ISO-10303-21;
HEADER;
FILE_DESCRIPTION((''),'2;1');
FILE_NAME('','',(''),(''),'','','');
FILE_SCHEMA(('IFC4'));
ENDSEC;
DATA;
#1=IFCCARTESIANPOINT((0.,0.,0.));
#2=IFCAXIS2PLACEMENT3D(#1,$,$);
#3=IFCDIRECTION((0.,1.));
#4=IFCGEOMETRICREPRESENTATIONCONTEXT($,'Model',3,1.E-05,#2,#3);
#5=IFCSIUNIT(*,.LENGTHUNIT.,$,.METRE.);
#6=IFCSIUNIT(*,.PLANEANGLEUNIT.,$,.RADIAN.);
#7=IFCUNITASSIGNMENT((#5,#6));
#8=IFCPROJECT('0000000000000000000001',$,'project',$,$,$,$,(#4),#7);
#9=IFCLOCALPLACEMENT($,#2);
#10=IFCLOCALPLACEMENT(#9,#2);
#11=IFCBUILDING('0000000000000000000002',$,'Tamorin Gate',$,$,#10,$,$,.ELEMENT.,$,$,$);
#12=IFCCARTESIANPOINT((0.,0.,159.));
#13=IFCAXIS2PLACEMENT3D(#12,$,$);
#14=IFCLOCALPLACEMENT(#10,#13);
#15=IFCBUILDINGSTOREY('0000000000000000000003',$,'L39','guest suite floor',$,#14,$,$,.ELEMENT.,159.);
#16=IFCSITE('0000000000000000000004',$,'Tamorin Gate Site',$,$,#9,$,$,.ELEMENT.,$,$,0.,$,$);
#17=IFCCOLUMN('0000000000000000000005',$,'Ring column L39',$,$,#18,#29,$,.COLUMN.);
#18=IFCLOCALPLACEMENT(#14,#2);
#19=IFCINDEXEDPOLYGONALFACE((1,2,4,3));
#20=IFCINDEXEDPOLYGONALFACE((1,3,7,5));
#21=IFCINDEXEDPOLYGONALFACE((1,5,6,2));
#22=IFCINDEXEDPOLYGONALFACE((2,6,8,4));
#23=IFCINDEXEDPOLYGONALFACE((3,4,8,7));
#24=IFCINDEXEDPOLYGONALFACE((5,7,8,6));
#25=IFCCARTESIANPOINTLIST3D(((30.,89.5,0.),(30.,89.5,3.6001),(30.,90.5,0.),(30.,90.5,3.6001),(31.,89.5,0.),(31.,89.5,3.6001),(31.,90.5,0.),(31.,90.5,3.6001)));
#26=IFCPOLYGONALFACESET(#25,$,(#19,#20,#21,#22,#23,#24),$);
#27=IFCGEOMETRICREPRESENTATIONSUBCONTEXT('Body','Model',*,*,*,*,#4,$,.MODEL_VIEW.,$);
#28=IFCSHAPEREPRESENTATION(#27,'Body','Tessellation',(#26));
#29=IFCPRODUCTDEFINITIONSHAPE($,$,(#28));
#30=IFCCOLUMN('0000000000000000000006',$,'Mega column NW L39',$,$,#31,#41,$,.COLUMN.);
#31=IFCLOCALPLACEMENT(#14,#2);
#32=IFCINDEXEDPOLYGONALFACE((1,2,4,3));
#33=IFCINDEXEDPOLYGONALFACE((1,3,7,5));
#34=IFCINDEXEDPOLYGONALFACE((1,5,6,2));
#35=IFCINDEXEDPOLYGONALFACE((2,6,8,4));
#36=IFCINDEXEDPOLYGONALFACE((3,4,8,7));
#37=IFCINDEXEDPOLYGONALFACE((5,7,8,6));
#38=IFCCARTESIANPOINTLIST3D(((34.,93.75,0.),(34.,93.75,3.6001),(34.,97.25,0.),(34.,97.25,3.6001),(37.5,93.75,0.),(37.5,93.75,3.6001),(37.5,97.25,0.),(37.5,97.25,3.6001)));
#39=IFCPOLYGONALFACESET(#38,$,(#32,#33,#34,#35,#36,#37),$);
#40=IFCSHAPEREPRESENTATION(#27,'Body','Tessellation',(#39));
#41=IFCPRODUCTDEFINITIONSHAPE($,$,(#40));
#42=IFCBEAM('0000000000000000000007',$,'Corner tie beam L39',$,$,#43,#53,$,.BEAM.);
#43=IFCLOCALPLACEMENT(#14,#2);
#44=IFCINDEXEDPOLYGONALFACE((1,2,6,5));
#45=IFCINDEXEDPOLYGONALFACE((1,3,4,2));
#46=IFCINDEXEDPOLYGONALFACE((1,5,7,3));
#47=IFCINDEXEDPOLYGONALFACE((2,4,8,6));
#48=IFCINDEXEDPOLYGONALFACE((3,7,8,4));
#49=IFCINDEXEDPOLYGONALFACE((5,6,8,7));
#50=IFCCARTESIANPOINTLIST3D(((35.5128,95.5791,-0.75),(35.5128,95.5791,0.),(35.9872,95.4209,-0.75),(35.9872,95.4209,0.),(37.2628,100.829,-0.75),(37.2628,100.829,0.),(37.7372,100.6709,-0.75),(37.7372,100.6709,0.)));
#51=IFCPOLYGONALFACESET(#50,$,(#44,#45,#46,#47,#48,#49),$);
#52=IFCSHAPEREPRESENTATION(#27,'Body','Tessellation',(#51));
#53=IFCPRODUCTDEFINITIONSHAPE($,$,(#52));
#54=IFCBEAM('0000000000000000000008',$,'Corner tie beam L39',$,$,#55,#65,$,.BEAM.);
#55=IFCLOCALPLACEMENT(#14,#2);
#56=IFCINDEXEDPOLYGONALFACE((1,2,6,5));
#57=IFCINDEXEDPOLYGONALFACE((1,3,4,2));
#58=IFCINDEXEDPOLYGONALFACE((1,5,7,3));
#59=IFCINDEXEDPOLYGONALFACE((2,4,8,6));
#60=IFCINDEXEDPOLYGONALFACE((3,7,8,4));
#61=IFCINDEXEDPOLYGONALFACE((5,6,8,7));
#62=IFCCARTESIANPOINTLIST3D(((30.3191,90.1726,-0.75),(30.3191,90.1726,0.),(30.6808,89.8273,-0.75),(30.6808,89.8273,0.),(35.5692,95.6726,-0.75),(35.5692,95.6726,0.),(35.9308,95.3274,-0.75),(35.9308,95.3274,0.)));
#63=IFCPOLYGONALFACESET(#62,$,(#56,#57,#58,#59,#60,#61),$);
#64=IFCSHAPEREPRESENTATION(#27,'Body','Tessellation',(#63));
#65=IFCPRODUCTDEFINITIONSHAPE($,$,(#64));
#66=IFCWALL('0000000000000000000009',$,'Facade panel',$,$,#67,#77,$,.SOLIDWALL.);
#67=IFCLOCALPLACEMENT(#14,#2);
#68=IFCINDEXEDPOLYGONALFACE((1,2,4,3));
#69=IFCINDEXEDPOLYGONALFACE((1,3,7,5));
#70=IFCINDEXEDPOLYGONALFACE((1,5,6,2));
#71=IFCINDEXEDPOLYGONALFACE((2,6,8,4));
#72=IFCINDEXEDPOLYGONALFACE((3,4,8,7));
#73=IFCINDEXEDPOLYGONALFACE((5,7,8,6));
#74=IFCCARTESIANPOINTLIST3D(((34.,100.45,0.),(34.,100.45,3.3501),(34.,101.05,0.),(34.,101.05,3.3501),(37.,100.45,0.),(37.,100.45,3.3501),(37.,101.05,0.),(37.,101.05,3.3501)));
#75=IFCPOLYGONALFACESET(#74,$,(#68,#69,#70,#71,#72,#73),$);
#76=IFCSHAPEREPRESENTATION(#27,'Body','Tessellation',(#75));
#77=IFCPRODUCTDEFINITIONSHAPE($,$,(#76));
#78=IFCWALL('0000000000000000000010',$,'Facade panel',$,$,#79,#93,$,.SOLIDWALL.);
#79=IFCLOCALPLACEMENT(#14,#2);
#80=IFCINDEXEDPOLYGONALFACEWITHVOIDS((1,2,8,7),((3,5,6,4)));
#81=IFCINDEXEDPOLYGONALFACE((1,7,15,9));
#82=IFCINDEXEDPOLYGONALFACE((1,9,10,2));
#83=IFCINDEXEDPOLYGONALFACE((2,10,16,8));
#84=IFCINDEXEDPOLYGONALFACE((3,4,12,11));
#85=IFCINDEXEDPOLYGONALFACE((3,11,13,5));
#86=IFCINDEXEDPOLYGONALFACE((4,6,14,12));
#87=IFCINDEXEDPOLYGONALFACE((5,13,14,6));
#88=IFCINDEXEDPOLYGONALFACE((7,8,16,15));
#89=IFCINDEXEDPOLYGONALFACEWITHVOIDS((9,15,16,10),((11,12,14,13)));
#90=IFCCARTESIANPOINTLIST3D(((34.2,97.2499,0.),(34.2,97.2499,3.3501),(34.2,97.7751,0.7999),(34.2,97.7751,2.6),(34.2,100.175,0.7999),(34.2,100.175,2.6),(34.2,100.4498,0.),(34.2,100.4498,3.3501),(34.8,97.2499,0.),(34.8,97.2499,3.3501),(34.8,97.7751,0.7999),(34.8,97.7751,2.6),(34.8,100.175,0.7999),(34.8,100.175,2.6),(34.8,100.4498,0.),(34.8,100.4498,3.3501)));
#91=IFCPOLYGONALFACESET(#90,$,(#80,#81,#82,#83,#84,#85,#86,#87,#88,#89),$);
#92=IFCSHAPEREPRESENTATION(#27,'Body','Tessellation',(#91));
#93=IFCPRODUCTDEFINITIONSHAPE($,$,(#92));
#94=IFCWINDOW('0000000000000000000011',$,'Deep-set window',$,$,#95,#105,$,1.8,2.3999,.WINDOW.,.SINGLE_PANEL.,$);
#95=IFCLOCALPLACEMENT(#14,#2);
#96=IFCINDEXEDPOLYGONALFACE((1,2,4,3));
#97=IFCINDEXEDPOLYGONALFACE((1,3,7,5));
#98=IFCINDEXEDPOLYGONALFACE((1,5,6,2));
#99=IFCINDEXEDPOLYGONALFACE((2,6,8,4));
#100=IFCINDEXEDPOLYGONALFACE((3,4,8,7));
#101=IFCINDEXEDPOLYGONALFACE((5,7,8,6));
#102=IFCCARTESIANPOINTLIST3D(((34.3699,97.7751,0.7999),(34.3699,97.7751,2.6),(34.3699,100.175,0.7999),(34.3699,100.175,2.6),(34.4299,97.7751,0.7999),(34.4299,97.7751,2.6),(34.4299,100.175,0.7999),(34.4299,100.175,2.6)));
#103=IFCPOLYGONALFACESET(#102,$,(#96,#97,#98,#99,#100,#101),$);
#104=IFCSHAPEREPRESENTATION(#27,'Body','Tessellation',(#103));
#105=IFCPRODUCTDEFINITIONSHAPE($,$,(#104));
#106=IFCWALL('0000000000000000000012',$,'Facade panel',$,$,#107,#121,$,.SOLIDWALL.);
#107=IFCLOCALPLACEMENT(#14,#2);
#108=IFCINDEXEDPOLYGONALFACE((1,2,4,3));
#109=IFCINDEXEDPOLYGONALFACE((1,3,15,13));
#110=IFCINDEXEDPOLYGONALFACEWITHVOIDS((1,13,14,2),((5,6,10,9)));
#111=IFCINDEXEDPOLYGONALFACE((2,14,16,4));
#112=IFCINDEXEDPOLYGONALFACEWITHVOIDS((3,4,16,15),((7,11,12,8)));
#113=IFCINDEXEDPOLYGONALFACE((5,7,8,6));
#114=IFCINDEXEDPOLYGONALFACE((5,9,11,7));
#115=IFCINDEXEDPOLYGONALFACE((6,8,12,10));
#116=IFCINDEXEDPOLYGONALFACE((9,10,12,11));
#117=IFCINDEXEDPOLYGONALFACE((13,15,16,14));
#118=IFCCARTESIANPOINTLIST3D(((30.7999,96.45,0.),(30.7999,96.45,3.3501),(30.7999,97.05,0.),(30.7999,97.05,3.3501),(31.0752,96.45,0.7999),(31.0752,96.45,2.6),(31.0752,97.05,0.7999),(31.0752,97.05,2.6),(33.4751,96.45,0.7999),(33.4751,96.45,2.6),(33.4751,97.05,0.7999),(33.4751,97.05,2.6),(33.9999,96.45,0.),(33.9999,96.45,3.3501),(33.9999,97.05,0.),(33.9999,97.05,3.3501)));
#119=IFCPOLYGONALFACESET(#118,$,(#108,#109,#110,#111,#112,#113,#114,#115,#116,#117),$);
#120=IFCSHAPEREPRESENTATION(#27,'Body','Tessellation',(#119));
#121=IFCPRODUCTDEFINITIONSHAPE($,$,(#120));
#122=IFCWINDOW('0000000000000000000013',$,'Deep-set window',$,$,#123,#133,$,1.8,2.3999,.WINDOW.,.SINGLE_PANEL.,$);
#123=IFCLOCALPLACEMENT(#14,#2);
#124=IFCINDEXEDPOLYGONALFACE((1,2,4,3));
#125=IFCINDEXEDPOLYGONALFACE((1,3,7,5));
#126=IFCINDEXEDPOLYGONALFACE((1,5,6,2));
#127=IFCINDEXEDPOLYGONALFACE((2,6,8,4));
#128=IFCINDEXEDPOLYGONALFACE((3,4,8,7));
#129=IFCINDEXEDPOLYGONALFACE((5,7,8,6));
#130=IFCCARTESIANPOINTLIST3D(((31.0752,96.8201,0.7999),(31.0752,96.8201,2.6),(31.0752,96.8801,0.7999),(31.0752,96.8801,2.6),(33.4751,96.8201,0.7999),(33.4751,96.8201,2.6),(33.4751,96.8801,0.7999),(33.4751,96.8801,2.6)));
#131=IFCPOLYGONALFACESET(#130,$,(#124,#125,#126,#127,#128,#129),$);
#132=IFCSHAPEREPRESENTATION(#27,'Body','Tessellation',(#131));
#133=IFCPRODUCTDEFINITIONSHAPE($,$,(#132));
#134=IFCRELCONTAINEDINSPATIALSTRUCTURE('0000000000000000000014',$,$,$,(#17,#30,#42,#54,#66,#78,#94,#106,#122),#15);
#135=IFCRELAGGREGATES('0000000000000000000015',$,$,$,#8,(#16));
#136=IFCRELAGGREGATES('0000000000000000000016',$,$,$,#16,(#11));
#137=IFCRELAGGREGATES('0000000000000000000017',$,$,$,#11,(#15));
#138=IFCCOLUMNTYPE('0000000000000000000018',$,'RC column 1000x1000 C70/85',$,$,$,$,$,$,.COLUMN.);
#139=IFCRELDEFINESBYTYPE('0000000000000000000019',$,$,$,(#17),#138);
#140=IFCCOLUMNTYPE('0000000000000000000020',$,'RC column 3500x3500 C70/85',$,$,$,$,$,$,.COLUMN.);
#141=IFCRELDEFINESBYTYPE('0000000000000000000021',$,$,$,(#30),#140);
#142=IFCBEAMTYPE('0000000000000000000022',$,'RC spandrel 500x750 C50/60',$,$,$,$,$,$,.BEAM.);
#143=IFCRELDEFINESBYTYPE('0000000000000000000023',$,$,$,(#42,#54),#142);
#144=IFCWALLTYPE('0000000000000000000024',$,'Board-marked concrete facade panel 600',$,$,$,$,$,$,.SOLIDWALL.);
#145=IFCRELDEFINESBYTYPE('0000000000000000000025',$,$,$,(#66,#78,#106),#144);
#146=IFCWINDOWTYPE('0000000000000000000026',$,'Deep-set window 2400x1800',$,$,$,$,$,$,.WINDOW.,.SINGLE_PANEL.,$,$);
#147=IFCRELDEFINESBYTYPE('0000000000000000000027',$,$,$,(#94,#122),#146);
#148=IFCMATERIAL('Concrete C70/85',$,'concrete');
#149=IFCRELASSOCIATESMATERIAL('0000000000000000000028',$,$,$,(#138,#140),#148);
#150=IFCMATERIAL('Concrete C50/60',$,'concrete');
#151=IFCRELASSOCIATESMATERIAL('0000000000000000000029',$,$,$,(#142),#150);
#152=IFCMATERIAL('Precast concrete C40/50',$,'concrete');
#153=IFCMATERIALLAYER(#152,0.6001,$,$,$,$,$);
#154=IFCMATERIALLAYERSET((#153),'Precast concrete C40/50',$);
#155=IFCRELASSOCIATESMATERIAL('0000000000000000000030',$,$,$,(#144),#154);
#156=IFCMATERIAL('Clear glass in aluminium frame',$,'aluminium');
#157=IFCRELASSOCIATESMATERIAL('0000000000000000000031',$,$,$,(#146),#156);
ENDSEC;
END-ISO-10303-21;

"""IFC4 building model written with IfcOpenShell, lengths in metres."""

from ifc_helpers import new_model, si_unit, direction, frame, frame_2d, origin, origin_2d, place, context, subcontext, project, spatial, rectangle, extrude, material, layer, layer_set, material_profile, profile_set, type_object, element, fill, save


model = new_model("IFC4")

# Units and contexts
model_context = context("Model", 3, precision=1e-05, world=origin(), true_north=direction((0.0, 1.0)))
body_context = subcontext(model_context, "Body", "Model", "MODEL_VIEW")
ifc_project = project(units=[si_unit("LENGTHUNIT", "METRE"), si_unit("PLANEANGLEUNIT", "RADIAN")], contexts=[model_context])

# Site, building, storey
site_placement = place(None, origin())
site = spatial("IfcSite", under=ifc_project, at=site_placement, Name="Tamorin Gate Site", CompositionType="ELEMENT", RefElevation=0.0)
building_placement = place(site_placement, origin())
building = spatial("IfcBuilding", under=site, at=building_placement, Name="Tamorin Gate", CompositionType="ELEMENT")
storey_placement = place(building_placement, frame((0.0, 0.0, 159.0)))
storey = spatial("IfcBuildingStorey", under=building, at=storey_placement, Name="L39", Description="guest suite floor", CompositionType="ELEMENT", Elevation=159.0)

# Columns
ifc_material_1 = material(Name="Concrete C70/85", Category="concrete")
ifc_material_profile_1 = material_profile(ifc_material_1, rectangle(XDim=1.0, YDim=1.0, at=origin_2d()), Name="RC 1000x1000")
ifc_profile_set_1 = profile_set([ifc_material_profile_1], Name="Concrete C70/85")
column_type_1 = type_object("IfcColumnType", Name="RC column 1000x1000 C70/85", PredefinedType="COLUMN", material=ifc_profile_set_1)
column_1_placement = place(storey_placement, frame((30.5, 90.0, 0.0), z_axis=(0.0, 0.0, 1.0), x_axis=(1.0, 0.0, 0.0)))
element("IfcColumn", 1, at=column_1_placement, inside=storey, type_object=column_type_1, Name="Ring column L39", PredefinedType="COLUMN", context=body_context, shape_type="SweptSolid", body=[
    extrude(rectangle(XDim=1.0, YDim=1.0, at=origin_2d()), origin(), (0.0, 0.0, 1.0), 3.6001),
])
ifc_material_profile_2 = material_profile(ifc_material_1, rectangle(XDim=3.5, YDim=3.5, at=origin_2d()), Name="RC 3500x3500")
ifc_profile_set_2 = profile_set([ifc_material_profile_2], Name="Concrete C70/85")
column_type_2 = type_object("IfcColumnType", Name="RC column 3500x3500 C70/85", PredefinedType="COLUMN", material=ifc_profile_set_2)
column_2_placement = place(storey_placement, frame((35.75, 95.5, 0.0), z_axis=(0.0, 0.0, 1.0), x_axis=(1.0, 0.0, 0.0)))
element("IfcColumn", 2, at=column_2_placement, inside=storey, type_object=column_type_2, Name="Mega column NW L39", PredefinedType="COLUMN", context=body_context, shape_type="SweptSolid", body=[
    extrude(rectangle(XDim=3.5, YDim=3.5, at=origin_2d()), origin(), (0.0, 0.0, 1.0), 3.6001),
])

# Beams
ifc_material_2 = material(Name="Concrete C50/60", Category="concrete")
ifc_material_profile_3 = material_profile(ifc_material_2, rectangle(XDim=0.5, YDim=0.75, at=origin_2d()), Name="RC 500x750")
ifc_profile_set_3 = profile_set([ifc_material_profile_3], Name="Concrete C50/60")
beam_type = type_object("IfcBeamType", Name="RC spandrel 500x750 C50/60", PredefinedType="BEAM", material=ifc_profile_set_3)
beam_1_placement = place(storey_placement, frame((35.75, 95.5, -0.375), z_axis=(0.316228, 0.948683, 0.0), x_axis=(-0.948683, 0.316228, 0.0)))
element("IfcBeam", 3, at=beam_1_placement, inside=storey, type_object=beam_type, Name="Corner tie beam L39", PredefinedType="BEAM", context=body_context, shape_type="SweptSolid", body=[
    extrude(rectangle(XDim=0.5, YDim=0.75, at=origin_2d()), origin(), (0.0, 0.0, 1.0), 5.5339),
])
beam_2_placement = place(storey_placement, frame((35.75, 95.5, -0.375), z_axis=(-0.690476, -0.723356, 0.0), x_axis=(0.723356, -0.690476, 0.0)))
element("IfcBeam", 4, at=beam_2_placement, inside=storey, type_object=beam_type, Name="Corner tie beam L39", PredefinedType="BEAM", context=body_context, shape_type="SweptSolid", body=[
    extrude(rectangle(XDim=0.5, YDim=0.75, at=origin_2d()), origin(), (0.0, 0.0, 1.0), 7.6035),
])

# Wall
ifc_material_3 = material(Name="Precast concrete C40/50", Category="concrete")
ifc_layer_1 = layer(ifc_material_3, 0.6001)
ifc_layer_set_1 = layer_set([ifc_layer_1], Name="Precast concrete C40/50")
wall_type_1 = type_object("IfcWallType", Name="Board-marked concrete facade panel 600", PredefinedType="SOLIDWALL", material=ifc_layer_set_1)
wall_1_placement = place(storey_placement, frame((37.0, 100.75, 0.0), z_axis=(0.0, 0.0, 1.0), x_axis=(-1.0, 0.0, 0.0)))
element("IfcWall", 5, at=wall_1_placement, inside=storey, type_object=wall_type_1, Name="Facade panel", PredefinedType="SOLIDWALL", context=body_context, shape_type="SweptSolid", body=[
    extrude(rectangle(XDim=3.0, YDim=0.6001, at=frame_2d((1.5, 0.0))), origin(), (0.0, 0.0, 1.0), 3.3501),
])

# Walls, openings, windows
wall_2_placement = place(storey_placement, frame((34.5, 100.45, 0.0), z_axis=(0.0, 0.0, 1.0), x_axis=(0.0, -1.0, 0.0)))
wall_2 = element("IfcWall", 6, at=wall_2_placement, inside=storey, type_object=wall_type_1, Name="Facade panel", PredefinedType="SOLIDWALL", context=body_context, shape_type="SweptSolid", body=[
    extrude(rectangle(XDim=3.2, YDim=0.6001, at=frame_2d((1.6001, 0.0))), origin(), (0.0, 0.0, 1.0), 3.3501),
])
opening_1_placement = place(wall_2_placement, frame((0.2749, 0.0, 0.8)))
opening_1 = element("IfcOpeningElement", 7, at=opening_1_placement, cuts=wall_2, PredefinedType="OPENING", context=body_context, shape_type="SweptSolid", body=[
    extrude(rectangle(XDim=2.3999, YDim=1.8, at=frame_2d((1.2, 0.8999))), frame((0.0, 0.3101, 0.0), z_axis=(0.0, -1.0, 0.0), x_axis=(1.0, 0.0, 0.0)), (0.0, 0.0, 1.0), 0.6201),
])
ifc_material_4 = material(Name="Clear glass in aluminium frame", Category="aluminium")
window_type_1 = type_object("IfcWindowType", Name="Deep-set window 2400x1800", PartitioningType="SINGLE_PANEL", PredefinedType="WINDOW", material=ifc_material_4)
window_1_placement = place(opening_1_placement, origin())
window_1 = element("IfcWindow", 8, at=window_1_placement, inside=storey, type_object=window_type_1, Name="Deep-set window", OverallHeight=1.8, OverallWidth=2.3999, PartitioningType="SINGLE_PANEL", PredefinedType="WINDOW", context=body_context, shape_type="SweptSolid", body=[
    extrude(rectangle(XDim=2.3999, YDim=1.8, at=frame_2d((1.2, 0.8999))), frame((0.0, -0.0701, 0.0), z_axis=(0.0, -1.0, 0.0), x_axis=(1.0, 0.0, 0.0)), (0.0, 0.0, 1.0), 0.0601),
])
fill(opening_1, window_1)
wall_3_placement = place(storey_placement, frame((34.0, 96.75, 0.0), z_axis=(0.0, 0.0, 1.0), x_axis=(-1.0, 0.0, 0.0)))
wall_3 = element("IfcWall", 9, at=wall_3_placement, inside=storey, type_object=wall_type_1, Name="Facade panel", PredefinedType="SOLIDWALL", context=body_context, shape_type="SweptSolid", body=[
    extrude(rectangle(XDim=3.2, YDim=0.6001, at=frame_2d((1.6001, 0.0))), origin(), (0.0, 0.0, 1.0), 3.3501),
])
opening_2_placement = place(wall_3_placement, frame((0.5249, 0.0, 0.8)))
opening_2 = element("IfcOpeningElement", 10, at=opening_2_placement, cuts=wall_3, PredefinedType="OPENING", context=body_context, shape_type="SweptSolid", body=[
    extrude(rectangle(XDim=2.3999, YDim=1.8, at=frame_2d((1.2, 0.8999))), frame((0.0, 0.3101, 0.0), z_axis=(0.0, -1.0, 0.0), x_axis=(1.0, 0.0, 0.0)), (0.0, 0.0, 1.0), 0.6201),
])
window_2_placement = place(opening_2_placement, origin())
window_2 = element("IfcWindow", 11, at=window_2_placement, inside=storey, type_object=window_type_1, Name="Deep-set window", OverallHeight=1.8, OverallWidth=2.3999, PartitioningType="SINGLE_PANEL", PredefinedType="WINDOW", context=body_context, shape_type="SweptSolid", body=[
    extrude(rectangle(XDim=2.3999, YDim=1.8, at=frame_2d((1.2, 0.8999))), frame((0.0, -0.0701, 0.0), z_axis=(0.0, -1.0, 0.0), x_axis=(1.0, 0.0, 0.0)), (0.0, 0.0, 1.0), 0.0601),
])
fill(opening_2, window_2)

save(model, "model.ifc")
